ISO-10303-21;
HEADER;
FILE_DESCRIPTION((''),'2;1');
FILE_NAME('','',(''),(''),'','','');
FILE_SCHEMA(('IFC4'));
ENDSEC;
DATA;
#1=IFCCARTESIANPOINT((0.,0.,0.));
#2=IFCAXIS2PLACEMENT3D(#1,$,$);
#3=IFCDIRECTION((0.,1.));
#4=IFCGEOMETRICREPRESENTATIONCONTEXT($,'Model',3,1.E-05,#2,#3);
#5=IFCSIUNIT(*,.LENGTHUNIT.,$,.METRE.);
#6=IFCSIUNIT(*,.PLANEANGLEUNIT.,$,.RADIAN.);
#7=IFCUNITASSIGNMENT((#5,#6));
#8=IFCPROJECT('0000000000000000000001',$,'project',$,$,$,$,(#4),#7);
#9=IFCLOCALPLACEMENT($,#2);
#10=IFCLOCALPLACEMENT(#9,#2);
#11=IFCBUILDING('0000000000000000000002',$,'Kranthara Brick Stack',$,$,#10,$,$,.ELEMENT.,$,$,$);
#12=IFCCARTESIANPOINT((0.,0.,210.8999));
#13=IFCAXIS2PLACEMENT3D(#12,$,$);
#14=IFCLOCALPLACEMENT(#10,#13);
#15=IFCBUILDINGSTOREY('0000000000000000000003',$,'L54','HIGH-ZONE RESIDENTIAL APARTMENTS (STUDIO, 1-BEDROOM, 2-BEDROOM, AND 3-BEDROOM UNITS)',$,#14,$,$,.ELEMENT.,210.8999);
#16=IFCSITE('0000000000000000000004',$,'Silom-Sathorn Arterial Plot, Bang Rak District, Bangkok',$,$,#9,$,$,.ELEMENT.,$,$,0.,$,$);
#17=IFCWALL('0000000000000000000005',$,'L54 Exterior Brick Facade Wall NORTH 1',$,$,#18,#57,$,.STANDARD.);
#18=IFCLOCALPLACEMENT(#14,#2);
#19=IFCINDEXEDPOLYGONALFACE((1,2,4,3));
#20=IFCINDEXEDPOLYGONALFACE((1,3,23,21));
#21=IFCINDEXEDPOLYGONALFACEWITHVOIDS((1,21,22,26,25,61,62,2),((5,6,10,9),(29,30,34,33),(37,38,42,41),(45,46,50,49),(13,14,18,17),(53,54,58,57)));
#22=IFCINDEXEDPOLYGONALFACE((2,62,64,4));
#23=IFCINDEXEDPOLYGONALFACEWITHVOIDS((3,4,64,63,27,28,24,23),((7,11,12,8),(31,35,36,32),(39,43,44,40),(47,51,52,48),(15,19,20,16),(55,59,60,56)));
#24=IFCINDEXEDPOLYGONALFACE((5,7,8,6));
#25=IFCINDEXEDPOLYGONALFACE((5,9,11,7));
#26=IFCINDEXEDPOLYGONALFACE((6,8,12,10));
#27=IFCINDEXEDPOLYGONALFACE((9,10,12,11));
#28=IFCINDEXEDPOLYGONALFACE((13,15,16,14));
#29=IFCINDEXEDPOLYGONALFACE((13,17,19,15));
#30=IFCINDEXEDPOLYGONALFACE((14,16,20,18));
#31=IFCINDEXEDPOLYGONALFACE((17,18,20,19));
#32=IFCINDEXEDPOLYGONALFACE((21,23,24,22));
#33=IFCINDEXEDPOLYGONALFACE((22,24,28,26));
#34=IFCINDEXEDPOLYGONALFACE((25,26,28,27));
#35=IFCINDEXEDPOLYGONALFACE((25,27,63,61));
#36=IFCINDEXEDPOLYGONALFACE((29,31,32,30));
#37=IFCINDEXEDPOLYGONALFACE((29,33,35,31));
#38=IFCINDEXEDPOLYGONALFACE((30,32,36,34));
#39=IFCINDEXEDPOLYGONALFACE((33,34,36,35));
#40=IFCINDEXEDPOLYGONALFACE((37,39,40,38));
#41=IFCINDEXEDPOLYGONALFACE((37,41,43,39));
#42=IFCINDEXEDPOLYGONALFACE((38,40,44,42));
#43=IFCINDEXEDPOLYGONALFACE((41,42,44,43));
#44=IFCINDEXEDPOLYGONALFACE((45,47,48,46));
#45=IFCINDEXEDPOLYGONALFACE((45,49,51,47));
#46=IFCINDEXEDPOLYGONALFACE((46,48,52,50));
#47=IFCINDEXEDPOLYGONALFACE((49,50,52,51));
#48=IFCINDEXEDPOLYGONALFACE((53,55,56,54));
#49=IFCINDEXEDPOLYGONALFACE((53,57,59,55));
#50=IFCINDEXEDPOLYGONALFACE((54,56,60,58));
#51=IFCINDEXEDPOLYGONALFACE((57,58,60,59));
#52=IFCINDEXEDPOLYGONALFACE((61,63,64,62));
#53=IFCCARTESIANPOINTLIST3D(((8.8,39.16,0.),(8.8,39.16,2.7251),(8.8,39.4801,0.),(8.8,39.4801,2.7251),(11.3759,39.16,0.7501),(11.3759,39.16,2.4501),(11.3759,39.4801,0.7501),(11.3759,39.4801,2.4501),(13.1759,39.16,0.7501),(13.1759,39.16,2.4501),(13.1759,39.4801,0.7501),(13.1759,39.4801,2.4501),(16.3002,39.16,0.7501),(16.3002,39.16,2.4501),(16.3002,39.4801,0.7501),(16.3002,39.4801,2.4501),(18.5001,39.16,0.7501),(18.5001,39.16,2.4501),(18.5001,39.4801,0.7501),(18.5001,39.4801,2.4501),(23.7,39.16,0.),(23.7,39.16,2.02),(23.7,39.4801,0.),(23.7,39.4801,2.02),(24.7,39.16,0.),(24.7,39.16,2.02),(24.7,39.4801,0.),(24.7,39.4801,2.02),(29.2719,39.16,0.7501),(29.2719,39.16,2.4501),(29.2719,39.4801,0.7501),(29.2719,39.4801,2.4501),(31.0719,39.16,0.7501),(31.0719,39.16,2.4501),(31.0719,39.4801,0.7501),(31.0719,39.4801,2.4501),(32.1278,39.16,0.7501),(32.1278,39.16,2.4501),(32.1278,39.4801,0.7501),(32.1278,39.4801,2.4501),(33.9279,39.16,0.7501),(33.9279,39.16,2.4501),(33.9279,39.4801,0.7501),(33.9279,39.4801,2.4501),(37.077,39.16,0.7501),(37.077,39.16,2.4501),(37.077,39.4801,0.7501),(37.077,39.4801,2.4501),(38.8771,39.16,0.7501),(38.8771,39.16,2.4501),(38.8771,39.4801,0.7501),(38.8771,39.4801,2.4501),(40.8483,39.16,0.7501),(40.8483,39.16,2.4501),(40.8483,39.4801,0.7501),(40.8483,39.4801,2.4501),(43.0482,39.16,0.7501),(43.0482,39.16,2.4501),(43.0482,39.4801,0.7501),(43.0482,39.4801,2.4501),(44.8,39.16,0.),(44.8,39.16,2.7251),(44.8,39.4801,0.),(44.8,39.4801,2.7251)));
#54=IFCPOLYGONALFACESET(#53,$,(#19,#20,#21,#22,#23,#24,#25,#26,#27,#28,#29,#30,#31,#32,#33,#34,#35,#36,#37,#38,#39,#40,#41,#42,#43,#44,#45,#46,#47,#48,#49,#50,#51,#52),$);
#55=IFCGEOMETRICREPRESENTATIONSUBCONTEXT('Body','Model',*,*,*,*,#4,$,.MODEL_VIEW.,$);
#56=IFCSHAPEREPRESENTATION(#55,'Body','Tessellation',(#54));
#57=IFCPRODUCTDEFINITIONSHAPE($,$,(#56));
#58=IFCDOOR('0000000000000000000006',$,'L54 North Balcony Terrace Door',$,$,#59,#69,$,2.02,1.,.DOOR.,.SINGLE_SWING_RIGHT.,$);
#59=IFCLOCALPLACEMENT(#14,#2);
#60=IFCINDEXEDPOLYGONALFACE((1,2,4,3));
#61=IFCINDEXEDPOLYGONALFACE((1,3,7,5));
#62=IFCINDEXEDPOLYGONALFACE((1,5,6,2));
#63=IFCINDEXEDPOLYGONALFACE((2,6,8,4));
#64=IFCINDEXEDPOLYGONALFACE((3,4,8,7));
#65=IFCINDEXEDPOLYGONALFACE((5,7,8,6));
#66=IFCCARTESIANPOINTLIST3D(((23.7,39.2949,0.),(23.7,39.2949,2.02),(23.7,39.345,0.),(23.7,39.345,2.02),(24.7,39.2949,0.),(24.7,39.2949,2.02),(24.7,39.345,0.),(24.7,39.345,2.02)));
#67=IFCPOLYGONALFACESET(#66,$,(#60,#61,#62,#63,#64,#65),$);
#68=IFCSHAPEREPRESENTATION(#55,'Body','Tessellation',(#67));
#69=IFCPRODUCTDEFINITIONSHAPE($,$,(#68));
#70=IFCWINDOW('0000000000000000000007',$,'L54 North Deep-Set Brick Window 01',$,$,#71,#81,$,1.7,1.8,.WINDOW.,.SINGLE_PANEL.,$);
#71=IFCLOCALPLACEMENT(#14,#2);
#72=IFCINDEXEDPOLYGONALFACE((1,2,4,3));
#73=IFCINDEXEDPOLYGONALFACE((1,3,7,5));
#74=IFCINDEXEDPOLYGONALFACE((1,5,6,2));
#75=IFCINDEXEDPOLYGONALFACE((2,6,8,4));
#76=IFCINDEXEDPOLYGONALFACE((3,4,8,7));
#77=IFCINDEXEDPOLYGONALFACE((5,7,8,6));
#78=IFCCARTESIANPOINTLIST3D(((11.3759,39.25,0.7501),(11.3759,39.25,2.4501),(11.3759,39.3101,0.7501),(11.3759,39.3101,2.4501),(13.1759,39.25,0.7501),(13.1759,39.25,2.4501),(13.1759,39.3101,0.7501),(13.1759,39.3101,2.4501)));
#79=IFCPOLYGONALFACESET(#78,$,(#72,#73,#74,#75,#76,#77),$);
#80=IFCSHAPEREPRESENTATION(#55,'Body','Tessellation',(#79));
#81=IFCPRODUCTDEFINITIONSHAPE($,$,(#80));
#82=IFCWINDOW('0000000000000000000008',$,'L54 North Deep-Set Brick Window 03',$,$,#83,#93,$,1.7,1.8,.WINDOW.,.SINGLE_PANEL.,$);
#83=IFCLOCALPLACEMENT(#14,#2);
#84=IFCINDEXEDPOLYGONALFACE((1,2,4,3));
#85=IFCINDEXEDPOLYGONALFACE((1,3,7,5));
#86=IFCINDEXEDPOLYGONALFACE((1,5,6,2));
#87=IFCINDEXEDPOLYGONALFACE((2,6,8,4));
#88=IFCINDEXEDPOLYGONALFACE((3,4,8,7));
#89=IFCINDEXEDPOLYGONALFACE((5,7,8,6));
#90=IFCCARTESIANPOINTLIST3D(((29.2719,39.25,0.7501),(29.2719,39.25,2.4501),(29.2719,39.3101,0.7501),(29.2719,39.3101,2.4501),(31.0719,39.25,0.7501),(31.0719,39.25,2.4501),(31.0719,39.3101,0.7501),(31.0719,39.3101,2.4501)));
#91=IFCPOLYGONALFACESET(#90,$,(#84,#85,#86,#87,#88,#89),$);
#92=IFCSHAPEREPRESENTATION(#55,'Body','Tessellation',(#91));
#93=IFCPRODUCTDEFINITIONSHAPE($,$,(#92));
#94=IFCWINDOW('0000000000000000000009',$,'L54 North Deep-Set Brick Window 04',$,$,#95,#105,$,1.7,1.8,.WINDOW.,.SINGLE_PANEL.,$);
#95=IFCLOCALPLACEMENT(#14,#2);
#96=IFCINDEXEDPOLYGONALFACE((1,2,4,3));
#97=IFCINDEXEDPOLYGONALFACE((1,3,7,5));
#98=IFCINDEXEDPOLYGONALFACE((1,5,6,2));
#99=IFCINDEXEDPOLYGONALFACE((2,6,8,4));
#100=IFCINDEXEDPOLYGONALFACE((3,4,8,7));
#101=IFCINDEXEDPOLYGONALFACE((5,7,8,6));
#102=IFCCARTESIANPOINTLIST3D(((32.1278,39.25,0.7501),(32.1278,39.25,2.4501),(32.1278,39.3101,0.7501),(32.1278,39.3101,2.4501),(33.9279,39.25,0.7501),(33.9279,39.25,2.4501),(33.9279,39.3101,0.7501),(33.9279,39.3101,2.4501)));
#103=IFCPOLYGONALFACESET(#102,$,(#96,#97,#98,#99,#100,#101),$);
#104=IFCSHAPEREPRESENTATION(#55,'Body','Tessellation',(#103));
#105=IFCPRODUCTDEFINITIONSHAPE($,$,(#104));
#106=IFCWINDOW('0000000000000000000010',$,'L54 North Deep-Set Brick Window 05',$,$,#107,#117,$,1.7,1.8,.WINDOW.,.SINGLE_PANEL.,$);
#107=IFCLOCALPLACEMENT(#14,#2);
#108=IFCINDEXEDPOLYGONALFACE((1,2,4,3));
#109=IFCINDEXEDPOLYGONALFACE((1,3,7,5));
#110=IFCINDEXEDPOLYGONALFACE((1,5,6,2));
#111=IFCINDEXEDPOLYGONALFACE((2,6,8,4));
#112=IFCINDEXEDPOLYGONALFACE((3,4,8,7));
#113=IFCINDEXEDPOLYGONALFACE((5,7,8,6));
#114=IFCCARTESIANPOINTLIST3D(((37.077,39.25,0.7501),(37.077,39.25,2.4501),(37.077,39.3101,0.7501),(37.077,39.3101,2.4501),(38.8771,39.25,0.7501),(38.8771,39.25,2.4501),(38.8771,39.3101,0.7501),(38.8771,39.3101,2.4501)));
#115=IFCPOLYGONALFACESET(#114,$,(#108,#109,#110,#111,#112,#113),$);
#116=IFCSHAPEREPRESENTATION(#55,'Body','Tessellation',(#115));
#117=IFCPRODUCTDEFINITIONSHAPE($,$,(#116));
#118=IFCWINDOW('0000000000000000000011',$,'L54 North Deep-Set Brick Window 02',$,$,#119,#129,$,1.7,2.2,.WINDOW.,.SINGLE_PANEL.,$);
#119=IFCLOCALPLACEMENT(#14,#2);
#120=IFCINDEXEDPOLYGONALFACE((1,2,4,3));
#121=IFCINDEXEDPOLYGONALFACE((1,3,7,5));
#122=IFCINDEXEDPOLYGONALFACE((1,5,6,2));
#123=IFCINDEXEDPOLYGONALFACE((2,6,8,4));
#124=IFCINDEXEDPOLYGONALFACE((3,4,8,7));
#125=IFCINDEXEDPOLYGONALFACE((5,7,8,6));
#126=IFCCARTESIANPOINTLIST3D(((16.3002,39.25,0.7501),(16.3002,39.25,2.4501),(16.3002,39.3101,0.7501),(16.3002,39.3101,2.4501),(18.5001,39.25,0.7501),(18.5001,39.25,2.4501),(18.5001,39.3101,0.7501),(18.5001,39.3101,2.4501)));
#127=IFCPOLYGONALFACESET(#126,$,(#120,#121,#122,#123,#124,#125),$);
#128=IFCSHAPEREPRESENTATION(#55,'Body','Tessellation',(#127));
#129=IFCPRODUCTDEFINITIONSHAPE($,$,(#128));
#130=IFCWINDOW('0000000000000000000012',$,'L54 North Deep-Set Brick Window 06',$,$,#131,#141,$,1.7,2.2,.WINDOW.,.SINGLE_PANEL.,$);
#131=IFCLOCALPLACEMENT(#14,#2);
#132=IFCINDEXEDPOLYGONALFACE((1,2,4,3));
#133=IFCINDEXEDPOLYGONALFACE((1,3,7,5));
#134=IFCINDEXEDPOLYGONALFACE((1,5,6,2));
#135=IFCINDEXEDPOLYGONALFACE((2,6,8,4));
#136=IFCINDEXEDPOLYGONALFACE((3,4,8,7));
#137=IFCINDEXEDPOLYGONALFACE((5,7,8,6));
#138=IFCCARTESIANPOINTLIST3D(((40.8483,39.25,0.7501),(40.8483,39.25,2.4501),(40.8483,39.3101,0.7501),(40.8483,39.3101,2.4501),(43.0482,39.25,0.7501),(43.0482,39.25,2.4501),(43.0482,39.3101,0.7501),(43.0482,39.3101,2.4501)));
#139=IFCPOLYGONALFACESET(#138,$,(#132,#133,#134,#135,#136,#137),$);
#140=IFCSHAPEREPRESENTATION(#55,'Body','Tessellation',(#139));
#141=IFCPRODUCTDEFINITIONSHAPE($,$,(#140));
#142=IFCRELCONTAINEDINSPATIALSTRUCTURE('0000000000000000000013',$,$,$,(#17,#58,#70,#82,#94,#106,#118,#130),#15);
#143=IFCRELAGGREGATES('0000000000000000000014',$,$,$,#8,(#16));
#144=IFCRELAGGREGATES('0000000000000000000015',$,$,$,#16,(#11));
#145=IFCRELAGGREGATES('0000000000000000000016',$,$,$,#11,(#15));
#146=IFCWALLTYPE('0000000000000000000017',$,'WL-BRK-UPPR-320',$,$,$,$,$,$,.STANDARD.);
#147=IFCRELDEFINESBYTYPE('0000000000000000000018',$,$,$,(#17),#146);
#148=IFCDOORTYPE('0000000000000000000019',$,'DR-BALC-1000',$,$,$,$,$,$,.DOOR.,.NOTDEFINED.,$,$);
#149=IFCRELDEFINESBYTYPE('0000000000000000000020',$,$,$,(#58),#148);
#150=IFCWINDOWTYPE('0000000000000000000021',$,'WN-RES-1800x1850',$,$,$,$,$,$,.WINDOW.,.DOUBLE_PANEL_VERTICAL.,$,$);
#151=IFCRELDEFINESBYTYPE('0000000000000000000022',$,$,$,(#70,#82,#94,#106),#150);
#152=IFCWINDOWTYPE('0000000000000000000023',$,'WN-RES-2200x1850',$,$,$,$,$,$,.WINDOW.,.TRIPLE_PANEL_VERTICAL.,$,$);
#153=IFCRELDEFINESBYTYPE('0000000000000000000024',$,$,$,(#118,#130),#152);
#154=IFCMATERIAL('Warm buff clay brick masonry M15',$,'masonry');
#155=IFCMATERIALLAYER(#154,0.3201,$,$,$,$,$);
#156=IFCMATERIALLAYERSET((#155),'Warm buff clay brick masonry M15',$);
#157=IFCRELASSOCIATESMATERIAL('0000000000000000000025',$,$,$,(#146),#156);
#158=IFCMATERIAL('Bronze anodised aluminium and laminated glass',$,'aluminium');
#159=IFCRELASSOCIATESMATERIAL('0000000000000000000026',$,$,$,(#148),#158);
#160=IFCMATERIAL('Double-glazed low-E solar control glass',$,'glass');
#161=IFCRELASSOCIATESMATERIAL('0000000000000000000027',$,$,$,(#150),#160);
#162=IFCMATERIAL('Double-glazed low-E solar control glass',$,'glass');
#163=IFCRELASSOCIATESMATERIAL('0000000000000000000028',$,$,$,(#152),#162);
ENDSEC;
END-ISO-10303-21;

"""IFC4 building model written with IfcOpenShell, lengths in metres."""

from ifc_helpers import new_model, si_unit, direction, frame, frame_2d, origin, place, context, subcontext, project, spatial, rectangle, extrude, material, layer, layer_set, type_object, element, fill, save


model = new_model("IFC4")

# Units and contexts
model_context = context("Model", 3, precision=1e-05, world=origin(), true_north=direction((0.0, 1.0)))
body_context = subcontext(model_context, "Body", "Model", "MODEL_VIEW")
ifc_project = project(units=[si_unit("LENGTHUNIT", "METRE"), si_unit("PLANEANGLEUNIT", "RADIAN")], contexts=[model_context])

# Site, building, storey
site_placement = place(None, origin())
site = spatial("IfcSite", under=ifc_project, at=site_placement, Name="Silom-Sathorn Arterial Plot, Bang Rak District, Bangkok", CompositionType="ELEMENT", RefElevation=0.0)
building_placement = place(site_placement, origin())
building = spatial("IfcBuilding", under=site, at=building_placement, Name="Kranthara Brick Stack", CompositionType="ELEMENT")
storey_placement = place(building_placement, frame((0.0, 0.0, 210.8999)))
storey = spatial("IfcBuildingStorey", under=building, at=storey_placement, Name="L54", Description="HIGH-ZONE RESIDENTIAL APARTMENTS (STUDIO, 1-BEDROOM, 2-BEDROOM, AND 3-BEDROOM UNITS)", CompositionType="ELEMENT", Elevation=210.8999)

# Shared definitions
ifc_material_1 = material(Name="Warm buff clay brick masonry M15", Category="masonry")
ifc_layer_1 = layer(ifc_material_1, 0.3201)
ifc_layer_set_1 = layer_set([ifc_layer_1], Name="Warm buff clay brick masonry M15")
wall_type_1 = type_object("IfcWallType", Name="WL-BRK-UPPR-320", PredefinedType="STANDARD", material=ifc_layer_set_1)

# Wall, openings, door, windows
wall_1_placement = place(storey_placement, frame((8.8, 39.3201, 0.0), z_axis=(0.0, 0.0, 1.0), x_axis=(1.0, 0.0, 0.0)))
wall_1 = element("IfcWall", 1, at=wall_1_placement, inside=storey, type_object=wall_type_1, Name="L54 Exterior Brick Facade Wall NORTH 1", PredefinedType="STANDARD", context=body_context, shape_type="SweptSolid", body=[
    extrude(rectangle(XDim=36.0, YDim=0.3201, at=frame_2d((18.0, 0.0))), origin(), (0.0, 0.0, 1.0), 2.7251),
])
opening_1_placement = place(wall_1_placement, frame((14.8999, 0.0, 0.0)))
opening_1 = element("IfcOpeningElement", 2, at=opening_1_placement, cuts=wall_1, PredefinedType="OPENING", context=body_context, shape_type="SweptSolid", body=[
    extrude(rectangle(XDim=1.0, YDim=2.02, at=frame_2d((0.5, 1.01))), frame((0.0, 0.1699, 0.0), z_axis=(0.0, -1.0, 0.0), x_axis=(1.0, 0.0, 0.0)), (0.0, 0.0, 1.0), 0.3401),
])
opening_2_placement = place(wall_1_placement, frame((2.5759, 0.0, 0.75)))
opening_2 = element("IfcOpeningElement", 3, at=opening_2_placement, cuts=wall_1, PredefinedType="OPENING", context=body_context, shape_type="SweptSolid", body=[
    extrude(rectangle(XDim=1.8, YDim=1.7, at=frame_2d((0.8999, 0.8501))), frame((0.0, 0.1699, 0.0), z_axis=(0.0, -1.0, 0.0), x_axis=(1.0, 0.0, 0.0)), (0.0, 0.0, 1.0), 0.3401),
])
opening_3_placement = place(wall_1_placement, frame((7.5, 0.0, 0.75)))
opening_3 = element("IfcOpeningElement", 4, at=opening_3_placement, cuts=wall_1, PredefinedType="OPENING", context=body_context, shape_type="SweptSolid", body=[
    extrude(rectangle(XDim=2.2, YDim=1.7, at=frame_2d((1.1001, 0.8501))), frame((0.0, 0.1699, 0.0), z_axis=(0.0, -1.0, 0.0), x_axis=(1.0, 0.0, 0.0)), (0.0, 0.0, 1.0), 0.3401),
])
opening_4_placement = place(wall_1_placement, frame((20.4719, 0.0, 0.75)))
opening_4 = element("IfcOpeningElement", 5, at=opening_4_placement, cuts=wall_1, PredefinedType="OPENING", context=body_context, shape_type="SweptSolid", body=[
    extrude(rectangle(XDim=1.8, YDim=1.7, at=frame_2d((0.8999, 0.8501))), frame((0.0, 0.1699, 0.0), z_axis=(0.0, -1.0, 0.0), x_axis=(1.0, 0.0, 0.0)), (0.0, 0.0, 1.0), 0.3401),
])
opening_5_placement = place(wall_1_placement, frame((23.3279, 0.0, 0.75)))
opening_5 = element("IfcOpeningElement", 6, at=opening_5_placement, cuts=wall_1, PredefinedType="OPENING", context=body_context, shape_type="SweptSolid", body=[
    extrude(rectangle(XDim=1.8, YDim=1.7, at=frame_2d((0.8999, 0.8501))), frame((0.0, 0.1699, 0.0), z_axis=(0.0, -1.0, 0.0), x_axis=(1.0, 0.0, 0.0)), (0.0, 0.0, 1.0), 0.3401),
])
opening_6_placement = place(wall_1_placement, frame((28.2771, 0.0, 0.75)))
opening_6 = element("IfcOpeningElement", 7, at=opening_6_placement, cuts=wall_1, PredefinedType="OPENING", context=body_context, shape_type="SweptSolid", body=[
    extrude(rectangle(XDim=1.8, YDim=1.7, at=frame_2d((0.8999, 0.8501))), frame((0.0, 0.1699, 0.0), z_axis=(0.0, -1.0, 0.0), x_axis=(1.0, 0.0, 0.0)), (0.0, 0.0, 1.0), 0.3401),
])
opening_7_placement = place(wall_1_placement, frame((32.0481, 0.0, 0.75)))
opening_7 = element("IfcOpeningElement", 8, at=opening_7_placement, cuts=wall_1, PredefinedType="OPENING", context=body_context, shape_type="SweptSolid", body=[
    extrude(rectangle(XDim=2.2, YDim=1.7, at=frame_2d((1.1001, 0.8501))), frame((0.0, 0.1699, 0.0), z_axis=(0.0, -1.0, 0.0), x_axis=(1.0, 0.0, 0.0)), (0.0, 0.0, 1.0), 0.3401),
])
ifc_material_2 = material(Name="Bronze anodised aluminium and laminated glass", Category="aluminium")
door_type_1 = type_object("IfcDoorType", Name="DR-BALC-1000", OperationType="NOTDEFINED", PredefinedType="DOOR", material=ifc_material_2)
door_1_placement = place(opening_1_placement, origin())
door_1 = element("IfcDoor", 9, at=door_1_placement, inside=storey, type_object=door_type_1, Name="L54 North Balcony Terrace Door", OperationType="SINGLE_SWING_RIGHT", OverallHeight=2.02, OverallWidth=1.0, PredefinedType="DOOR", context=body_context, shape_type="SweptSolid", body=[
    extrude(rectangle(XDim=1.0, YDim=2.02, at=frame_2d((0.5, 1.01))), frame((0.0, 0.0249, 0.0), z_axis=(0.0, -1.0, 0.0), x_axis=(1.0, 0.0, 0.0)), (0.0, 0.0, 1.0), 0.05),
])
fill(opening_1, door_1)
ifc_material_3 = material(Name="Double-glazed low-E solar control glass", Category="glass")
window_type_1 = type_object("IfcWindowType", Name="WN-RES-1800x1850", PartitioningType="DOUBLE_PANEL_VERTICAL", PredefinedType="WINDOW", material=ifc_material_3)
window_1_placement = place(opening_2_placement, origin())
window_1 = element("IfcWindow", 10, at=window_1_placement, inside=storey, type_object=window_type_1, Name="L54 North Deep-Set Brick Window 01", OverallHeight=1.7, OverallWidth=1.8, PartitioningType="SINGLE_PANEL", PredefinedType="WINDOW", context=body_context, shape_type="SweptSolid", body=[
    extrude(rectangle(XDim=1.8, YDim=1.7, at=frame_2d((0.8999, 0.8501))), frame((0.0, -0.01, 0.0), z_axis=(0.0, -1.0, 0.0), x_axis=(1.0, 0.0, 0.0)), (0.0, 0.0, 1.0), 0.0601),
])
fill(opening_2, window_1)
window_2_placement = place(opening_4_placement, origin())
window_2 = element("IfcWindow", 11, at=window_2_placement, inside=storey, type_object=window_type_1, Name="L54 North Deep-Set Brick Window 03", OverallHeight=1.7, OverallWidth=1.8, PartitioningType="SINGLE_PANEL", PredefinedType="WINDOW", context=body_context, shape_type="SweptSolid", body=[
    extrude(rectangle(XDim=1.8, YDim=1.7, at=frame_2d((0.8999, 0.8501))), frame((0.0, -0.01, 0.0), z_axis=(0.0, -1.0, 0.0), x_axis=(1.0, 0.0, 0.0)), (0.0, 0.0, 1.0), 0.0601),
])
fill(opening_4, window_2)
window_3_placement = place(opening_5_placement, origin())
window_3 = element("IfcWindow", 12, at=window_3_placement, inside=storey, type_object=window_type_1, Name="L54 North Deep-Set Brick Window 04", OverallHeight=1.7, OverallWidth=1.8, PartitioningType="SINGLE_PANEL", PredefinedType="WINDOW", context=body_context, shape_type="SweptSolid", body=[
    extrude(rectangle(XDim=1.8, YDim=1.7, at=frame_2d((0.8999, 0.8501))), frame((0.0, -0.01, 0.0), z_axis=(0.0, -1.0, 0.0), x_axis=(1.0, 0.0, 0.0)), (0.0, 0.0, 1.0), 0.0601),
])
fill(opening_5, window_3)
window_4_placement = place(opening_6_placement, origin())
window_4 = element("IfcWindow", 13, at=window_4_placement, inside=storey, type_object=window_type_1, Name="L54 North Deep-Set Brick Window 05", OverallHeight=1.7, OverallWidth=1.8, PartitioningType="SINGLE_PANEL", PredefinedType="WINDOW", context=body_context, shape_type="SweptSolid", body=[
    extrude(rectangle(XDim=1.8, YDim=1.7, at=frame_2d((0.8999, 0.8501))), frame((0.0, -0.01, 0.0), z_axis=(0.0, -1.0, 0.0), x_axis=(1.0, 0.0, 0.0)), (0.0, 0.0, 1.0), 0.0601),
])
fill(opening_6, window_4)
ifc_material_4 = material(Name="Double-glazed low-E solar control glass", Category="glass")
window_type_2 = type_object("IfcWindowType", Name="WN-RES-2200x1850", PartitioningType="TRIPLE_PANEL_VERTICAL", PredefinedType="WINDOW", material=ifc_material_4)
window_5_placement = place(opening_3_placement, origin())
window_5 = element("IfcWindow", 14, at=window_5_placement, inside=storey, type_object=window_type_2, Name="L54 North Deep-Set Brick Window 02", OverallHeight=1.7, OverallWidth=2.2, PartitioningType="SINGLE_PANEL", PredefinedType="WINDOW", context=body_context, shape_type="SweptSolid", body=[
    extrude(rectangle(XDim=2.2, YDim=1.7, at=frame_2d((1.1001, 0.8501))), frame((0.0, -0.01, 0.0), z_axis=(0.0, -1.0, 0.0), x_axis=(1.0, 0.0, 0.0)), (0.0, 0.0, 1.0), 0.0601),
])
fill(opening_3, window_5)
window_6_placement = place(opening_7_placement, origin())
window_6 = element("IfcWindow", 15, at=window_6_placement, inside=storey, type_object=window_type_2, Name="L54 North Deep-Set Brick Window 06", OverallHeight=1.7, OverallWidth=2.2, PartitioningType="SINGLE_PANEL", PredefinedType="WINDOW", context=body_context, shape_type="SweptSolid", body=[
    extrude(rectangle(XDim=2.2, YDim=1.7, at=frame_2d((1.1001, 0.8501))), frame((0.0, -0.01, 0.0), z_axis=(0.0, -1.0, 0.0), x_axis=(1.0, 0.0, 0.0)), (0.0, 0.0, 1.0), 0.0601),
])
fill(opening_7, window_6)

save(model, "model.ifc")
